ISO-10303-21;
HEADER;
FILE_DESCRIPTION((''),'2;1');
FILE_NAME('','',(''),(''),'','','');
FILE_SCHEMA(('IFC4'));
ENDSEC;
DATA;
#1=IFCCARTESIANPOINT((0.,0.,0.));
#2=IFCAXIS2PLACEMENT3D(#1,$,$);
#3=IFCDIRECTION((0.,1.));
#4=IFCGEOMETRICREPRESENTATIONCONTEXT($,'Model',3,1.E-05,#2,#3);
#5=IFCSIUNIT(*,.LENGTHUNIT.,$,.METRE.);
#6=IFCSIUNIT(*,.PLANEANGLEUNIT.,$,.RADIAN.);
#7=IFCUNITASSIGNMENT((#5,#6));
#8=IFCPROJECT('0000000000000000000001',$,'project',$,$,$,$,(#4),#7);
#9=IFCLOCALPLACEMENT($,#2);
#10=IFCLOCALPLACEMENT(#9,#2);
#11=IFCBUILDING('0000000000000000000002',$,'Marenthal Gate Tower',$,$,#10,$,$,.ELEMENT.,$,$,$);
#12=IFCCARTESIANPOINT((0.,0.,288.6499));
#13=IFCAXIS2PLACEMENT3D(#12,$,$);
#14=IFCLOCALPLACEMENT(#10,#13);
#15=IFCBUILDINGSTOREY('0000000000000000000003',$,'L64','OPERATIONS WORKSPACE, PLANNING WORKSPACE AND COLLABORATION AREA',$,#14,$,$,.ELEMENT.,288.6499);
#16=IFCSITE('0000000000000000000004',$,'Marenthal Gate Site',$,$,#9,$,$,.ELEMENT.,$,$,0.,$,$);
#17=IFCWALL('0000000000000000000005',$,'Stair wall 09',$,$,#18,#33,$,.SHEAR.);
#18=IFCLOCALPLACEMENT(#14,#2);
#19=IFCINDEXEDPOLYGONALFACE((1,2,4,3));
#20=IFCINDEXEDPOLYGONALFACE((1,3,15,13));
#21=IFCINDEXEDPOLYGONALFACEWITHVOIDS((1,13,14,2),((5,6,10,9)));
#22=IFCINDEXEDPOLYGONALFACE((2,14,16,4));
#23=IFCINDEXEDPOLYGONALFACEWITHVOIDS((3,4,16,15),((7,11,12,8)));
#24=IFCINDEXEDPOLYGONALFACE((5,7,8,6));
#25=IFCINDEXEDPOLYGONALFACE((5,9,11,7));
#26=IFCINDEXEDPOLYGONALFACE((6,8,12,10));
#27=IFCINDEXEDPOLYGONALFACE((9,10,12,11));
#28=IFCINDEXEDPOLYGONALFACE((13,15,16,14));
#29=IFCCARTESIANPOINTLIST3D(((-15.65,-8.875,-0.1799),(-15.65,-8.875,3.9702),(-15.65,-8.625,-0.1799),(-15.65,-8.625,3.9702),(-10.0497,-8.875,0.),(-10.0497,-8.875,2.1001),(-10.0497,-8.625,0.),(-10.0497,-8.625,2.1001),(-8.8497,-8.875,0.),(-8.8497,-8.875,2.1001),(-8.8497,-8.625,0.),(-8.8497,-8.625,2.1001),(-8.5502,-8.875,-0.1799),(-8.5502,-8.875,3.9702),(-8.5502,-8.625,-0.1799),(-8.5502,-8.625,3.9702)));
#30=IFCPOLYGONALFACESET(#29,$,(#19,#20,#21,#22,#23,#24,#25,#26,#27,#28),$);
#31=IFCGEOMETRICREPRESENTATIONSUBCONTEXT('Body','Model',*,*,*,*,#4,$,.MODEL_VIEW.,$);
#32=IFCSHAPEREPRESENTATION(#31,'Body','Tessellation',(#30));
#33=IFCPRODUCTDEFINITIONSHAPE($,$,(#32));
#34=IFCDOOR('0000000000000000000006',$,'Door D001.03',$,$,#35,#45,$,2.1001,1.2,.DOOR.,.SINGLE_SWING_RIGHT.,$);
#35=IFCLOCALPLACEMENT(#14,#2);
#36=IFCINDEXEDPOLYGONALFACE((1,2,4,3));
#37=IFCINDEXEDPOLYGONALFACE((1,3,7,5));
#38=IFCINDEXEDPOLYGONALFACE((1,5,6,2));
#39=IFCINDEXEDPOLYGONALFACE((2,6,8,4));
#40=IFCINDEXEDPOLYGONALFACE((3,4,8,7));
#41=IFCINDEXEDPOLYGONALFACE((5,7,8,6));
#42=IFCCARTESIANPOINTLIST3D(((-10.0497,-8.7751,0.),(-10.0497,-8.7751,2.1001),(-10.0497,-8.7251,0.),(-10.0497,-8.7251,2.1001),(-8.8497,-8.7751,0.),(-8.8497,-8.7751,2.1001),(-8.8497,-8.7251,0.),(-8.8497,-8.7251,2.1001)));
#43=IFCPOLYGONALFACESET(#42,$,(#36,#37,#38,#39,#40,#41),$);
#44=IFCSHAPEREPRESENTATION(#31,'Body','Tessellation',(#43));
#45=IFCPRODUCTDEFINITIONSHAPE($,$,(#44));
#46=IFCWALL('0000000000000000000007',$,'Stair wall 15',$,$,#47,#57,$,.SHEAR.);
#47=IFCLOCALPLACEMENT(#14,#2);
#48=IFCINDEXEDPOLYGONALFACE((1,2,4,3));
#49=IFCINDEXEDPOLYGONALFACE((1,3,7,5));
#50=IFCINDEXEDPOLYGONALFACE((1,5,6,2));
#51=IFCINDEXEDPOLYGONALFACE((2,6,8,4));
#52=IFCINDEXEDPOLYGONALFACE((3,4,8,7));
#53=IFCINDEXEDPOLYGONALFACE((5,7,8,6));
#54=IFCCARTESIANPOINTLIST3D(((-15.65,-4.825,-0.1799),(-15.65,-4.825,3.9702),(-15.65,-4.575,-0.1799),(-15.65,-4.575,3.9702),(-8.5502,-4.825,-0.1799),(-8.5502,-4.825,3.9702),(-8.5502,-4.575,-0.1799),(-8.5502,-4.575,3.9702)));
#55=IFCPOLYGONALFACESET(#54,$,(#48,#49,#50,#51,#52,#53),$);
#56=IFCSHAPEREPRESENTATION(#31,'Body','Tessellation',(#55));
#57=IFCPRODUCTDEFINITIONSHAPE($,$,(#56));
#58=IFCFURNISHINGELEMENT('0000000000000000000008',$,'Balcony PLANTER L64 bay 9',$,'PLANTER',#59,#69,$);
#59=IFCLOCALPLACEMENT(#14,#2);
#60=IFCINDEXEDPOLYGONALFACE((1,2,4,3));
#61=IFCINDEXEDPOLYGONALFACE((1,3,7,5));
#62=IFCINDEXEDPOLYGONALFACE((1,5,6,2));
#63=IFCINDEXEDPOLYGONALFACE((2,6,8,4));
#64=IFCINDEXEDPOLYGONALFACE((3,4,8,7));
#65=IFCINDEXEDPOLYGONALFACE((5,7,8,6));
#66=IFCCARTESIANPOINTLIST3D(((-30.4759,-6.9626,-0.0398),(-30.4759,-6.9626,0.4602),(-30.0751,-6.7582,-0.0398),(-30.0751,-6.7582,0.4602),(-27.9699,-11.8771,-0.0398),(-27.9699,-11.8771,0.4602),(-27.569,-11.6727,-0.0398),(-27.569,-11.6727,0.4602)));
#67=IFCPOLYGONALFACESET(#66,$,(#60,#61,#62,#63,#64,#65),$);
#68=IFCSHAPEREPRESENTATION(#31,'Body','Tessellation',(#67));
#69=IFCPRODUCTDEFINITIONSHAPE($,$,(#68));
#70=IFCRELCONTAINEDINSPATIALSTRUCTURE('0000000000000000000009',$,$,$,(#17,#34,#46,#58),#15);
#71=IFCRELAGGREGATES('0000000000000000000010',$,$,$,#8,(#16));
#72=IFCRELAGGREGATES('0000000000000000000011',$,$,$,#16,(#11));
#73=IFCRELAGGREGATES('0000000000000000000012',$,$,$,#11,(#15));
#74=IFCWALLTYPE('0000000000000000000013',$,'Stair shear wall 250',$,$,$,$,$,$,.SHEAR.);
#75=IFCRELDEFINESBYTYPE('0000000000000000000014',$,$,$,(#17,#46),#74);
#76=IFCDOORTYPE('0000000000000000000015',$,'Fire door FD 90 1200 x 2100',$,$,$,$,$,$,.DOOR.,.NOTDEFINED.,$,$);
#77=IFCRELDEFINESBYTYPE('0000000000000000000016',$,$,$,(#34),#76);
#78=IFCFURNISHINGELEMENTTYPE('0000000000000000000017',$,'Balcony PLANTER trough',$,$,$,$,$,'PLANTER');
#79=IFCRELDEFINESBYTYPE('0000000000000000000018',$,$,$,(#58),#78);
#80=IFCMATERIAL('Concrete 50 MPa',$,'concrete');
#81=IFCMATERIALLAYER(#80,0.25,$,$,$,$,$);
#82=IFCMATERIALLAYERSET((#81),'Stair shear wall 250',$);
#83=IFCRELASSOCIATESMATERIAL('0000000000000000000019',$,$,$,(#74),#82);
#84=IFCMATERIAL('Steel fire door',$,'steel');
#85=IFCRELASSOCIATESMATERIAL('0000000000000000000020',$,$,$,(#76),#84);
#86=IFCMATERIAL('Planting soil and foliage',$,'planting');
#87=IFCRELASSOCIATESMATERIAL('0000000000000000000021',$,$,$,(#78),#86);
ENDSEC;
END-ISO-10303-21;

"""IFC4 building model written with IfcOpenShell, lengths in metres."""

from ifc_helpers import new_model, si_unit, direction, frame, frame_2d, origin, origin_2d, place, context, subcontext, project, spatial, rectangle, extrude, material, layer, layer_set, type_object, element, fill, save


model = new_model("IFC4")

# Units and contexts
model_context = context("Model", 3, precision=1e-05, world=origin(), true_north=direction((0.0, 1.0)))
body_context = subcontext(model_context, "Body", "Model", "MODEL_VIEW")
ifc_project = project(units=[si_unit("LENGTHUNIT", "METRE"), si_unit("PLANEANGLEUNIT", "RADIAN")], contexts=[model_context])

# Site, building, storey
site_placement = place(None, origin())
site = spatial("IfcSite", under=ifc_project, at=site_placement, Name="Marenthal Gate Site", CompositionType="ELEMENT", RefElevation=0.0)
building_placement = place(site_placement, origin())
building = spatial("IfcBuilding", under=site, at=building_placement, Name="Marenthal Gate Tower", CompositionType="ELEMENT")
storey_placement = place(building_placement, frame((0.0, 0.0, 288.6499)))
storey = spatial("IfcBuildingStorey", under=building, at=storey_placement, Name="L64", Description="OPERATIONS WORKSPACE, PLANNING WORKSPACE AND COLLABORATION AREA", CompositionType="ELEMENT", Elevation=288.6499)

# Wall, opening, door
ifc_material_1 = material(Name="Concrete 50 MPa", Category="concrete")
ifc_layer_1 = layer(ifc_material_1, 0.25)
ifc_layer_set_1 = layer_set([ifc_layer_1], Name="Stair shear wall 250")
wall_type_1 = type_object("IfcWallType", Name="Stair shear wall 250", PredefinedType="SHEAR", material=ifc_layer_set_1)
wall_1_placement = place(storey_placement, frame((-15.6499, -8.75, -0.1799), z_axis=(0.0, 0.0, 1.0), x_axis=(1.0, 0.0, 0.0)))
wall_1 = element("IfcWall", 1, at=wall_1_placement, inside=storey, type_object=wall_type_1, Name="Stair wall 09", PredefinedType="SHEAR", context=body_context, shape_type="SweptSolid", body=[
    extrude(rectangle(XDim=7.0999, YDim=0.25, at=frame_2d((3.5498, 0.0))), origin(), (0.0, 0.0, 1.0), 4.1501),
])
opening_1_placement = place(wall_1_placement, frame((5.6001, 0.0, 0.1799)))
opening_1 = element("IfcOpeningElement", 2, at=opening_1_placement, cuts=wall_1, PredefinedType="OPENING", context=body_context, shape_type="SweptSolid", body=[
    extrude(rectangle(XDim=1.2, YDim=2.1001, at=frame_2d((0.6001, 1.05))), frame((0.0, 0.135, 0.0), z_axis=(0.0, -1.0, 0.0), x_axis=(1.0, 0.0, 0.0)), (0.0, 0.0, 1.0), 0.27),
])
ifc_material_2 = material(Name="Steel fire door", Category="steel")
door_type_1 = type_object("IfcDoorType", Name="Fire door FD 90 1200 x 2100", OperationType="NOTDEFINED", PredefinedType="DOOR", material=ifc_material_2)
door_1_placement = place(opening_1_placement, origin())
door_1 = element("IfcDoor", 3, at=door_1_placement, inside=storey, type_object=door_type_1, Name="Door D001.03", OperationType="SINGLE_SWING_RIGHT", OverallHeight=2.1001, OverallWidth=1.2, PredefinedType="DOOR", context=body_context, shape_type="SweptSolid", body=[
    extrude(rectangle(XDim=1.2, YDim=2.1001, at=frame_2d((0.6001, 1.05))), frame((0.0, 0.0249, 0.0), z_axis=(0.0, -1.0, 0.0), x_axis=(1.0, 0.0, 0.0)), (0.0, 0.0, 1.0), 0.05),
])
fill(opening_1, door_1)

# Wall
wall_2_placement = place(storey_placement, frame((-15.6499, -4.7, -0.1799), z_axis=(0.0, 0.0, 1.0), x_axis=(1.0, 0.0, 0.0)))
element("IfcWall", 4, at=wall_2_placement, inside=storey, type_object=wall_type_1, Name="Stair wall 15", PredefinedType="SHEAR", context=body_context, shape_type="SweptSolid", body=[
    extrude(rectangle(XDim=7.0999, YDim=0.25, at=frame_2d((3.5498, 0.0))), origin(), (0.0, 0.0, 1.0), 4.1501),
])

# Furnishing element
ifc_material_3 = material(Name="Planting soil and foliage", Category="planting")
furnishing_element_type = type_object("IfcFurnishingElementType", Name="Balcony PLANTER trough", ElementType="PLANTER", material=ifc_material_3)
furnishing_placement = place(storey_placement, frame((-29.0225, -9.3176, -0.0398), z_axis=(0.0, 0.0, 1.0), x_axis=(0.454273, -0.890862, 0.0)))
element("IfcFurnishingElement", 5, at=furnishing_placement, inside=storey, type_object=furnishing_element_type, Name="Balcony PLANTER L64 bay 9", ObjectType="PLANTER", context=body_context, shape_type="SweptSolid", body=[
    extrude(rectangle(XDim=5.5166, YDim=0.45, at=origin_2d()), origin(), (0.0, 0.0, 1.0), 0.5),
])

save(model, "model.ifc")
